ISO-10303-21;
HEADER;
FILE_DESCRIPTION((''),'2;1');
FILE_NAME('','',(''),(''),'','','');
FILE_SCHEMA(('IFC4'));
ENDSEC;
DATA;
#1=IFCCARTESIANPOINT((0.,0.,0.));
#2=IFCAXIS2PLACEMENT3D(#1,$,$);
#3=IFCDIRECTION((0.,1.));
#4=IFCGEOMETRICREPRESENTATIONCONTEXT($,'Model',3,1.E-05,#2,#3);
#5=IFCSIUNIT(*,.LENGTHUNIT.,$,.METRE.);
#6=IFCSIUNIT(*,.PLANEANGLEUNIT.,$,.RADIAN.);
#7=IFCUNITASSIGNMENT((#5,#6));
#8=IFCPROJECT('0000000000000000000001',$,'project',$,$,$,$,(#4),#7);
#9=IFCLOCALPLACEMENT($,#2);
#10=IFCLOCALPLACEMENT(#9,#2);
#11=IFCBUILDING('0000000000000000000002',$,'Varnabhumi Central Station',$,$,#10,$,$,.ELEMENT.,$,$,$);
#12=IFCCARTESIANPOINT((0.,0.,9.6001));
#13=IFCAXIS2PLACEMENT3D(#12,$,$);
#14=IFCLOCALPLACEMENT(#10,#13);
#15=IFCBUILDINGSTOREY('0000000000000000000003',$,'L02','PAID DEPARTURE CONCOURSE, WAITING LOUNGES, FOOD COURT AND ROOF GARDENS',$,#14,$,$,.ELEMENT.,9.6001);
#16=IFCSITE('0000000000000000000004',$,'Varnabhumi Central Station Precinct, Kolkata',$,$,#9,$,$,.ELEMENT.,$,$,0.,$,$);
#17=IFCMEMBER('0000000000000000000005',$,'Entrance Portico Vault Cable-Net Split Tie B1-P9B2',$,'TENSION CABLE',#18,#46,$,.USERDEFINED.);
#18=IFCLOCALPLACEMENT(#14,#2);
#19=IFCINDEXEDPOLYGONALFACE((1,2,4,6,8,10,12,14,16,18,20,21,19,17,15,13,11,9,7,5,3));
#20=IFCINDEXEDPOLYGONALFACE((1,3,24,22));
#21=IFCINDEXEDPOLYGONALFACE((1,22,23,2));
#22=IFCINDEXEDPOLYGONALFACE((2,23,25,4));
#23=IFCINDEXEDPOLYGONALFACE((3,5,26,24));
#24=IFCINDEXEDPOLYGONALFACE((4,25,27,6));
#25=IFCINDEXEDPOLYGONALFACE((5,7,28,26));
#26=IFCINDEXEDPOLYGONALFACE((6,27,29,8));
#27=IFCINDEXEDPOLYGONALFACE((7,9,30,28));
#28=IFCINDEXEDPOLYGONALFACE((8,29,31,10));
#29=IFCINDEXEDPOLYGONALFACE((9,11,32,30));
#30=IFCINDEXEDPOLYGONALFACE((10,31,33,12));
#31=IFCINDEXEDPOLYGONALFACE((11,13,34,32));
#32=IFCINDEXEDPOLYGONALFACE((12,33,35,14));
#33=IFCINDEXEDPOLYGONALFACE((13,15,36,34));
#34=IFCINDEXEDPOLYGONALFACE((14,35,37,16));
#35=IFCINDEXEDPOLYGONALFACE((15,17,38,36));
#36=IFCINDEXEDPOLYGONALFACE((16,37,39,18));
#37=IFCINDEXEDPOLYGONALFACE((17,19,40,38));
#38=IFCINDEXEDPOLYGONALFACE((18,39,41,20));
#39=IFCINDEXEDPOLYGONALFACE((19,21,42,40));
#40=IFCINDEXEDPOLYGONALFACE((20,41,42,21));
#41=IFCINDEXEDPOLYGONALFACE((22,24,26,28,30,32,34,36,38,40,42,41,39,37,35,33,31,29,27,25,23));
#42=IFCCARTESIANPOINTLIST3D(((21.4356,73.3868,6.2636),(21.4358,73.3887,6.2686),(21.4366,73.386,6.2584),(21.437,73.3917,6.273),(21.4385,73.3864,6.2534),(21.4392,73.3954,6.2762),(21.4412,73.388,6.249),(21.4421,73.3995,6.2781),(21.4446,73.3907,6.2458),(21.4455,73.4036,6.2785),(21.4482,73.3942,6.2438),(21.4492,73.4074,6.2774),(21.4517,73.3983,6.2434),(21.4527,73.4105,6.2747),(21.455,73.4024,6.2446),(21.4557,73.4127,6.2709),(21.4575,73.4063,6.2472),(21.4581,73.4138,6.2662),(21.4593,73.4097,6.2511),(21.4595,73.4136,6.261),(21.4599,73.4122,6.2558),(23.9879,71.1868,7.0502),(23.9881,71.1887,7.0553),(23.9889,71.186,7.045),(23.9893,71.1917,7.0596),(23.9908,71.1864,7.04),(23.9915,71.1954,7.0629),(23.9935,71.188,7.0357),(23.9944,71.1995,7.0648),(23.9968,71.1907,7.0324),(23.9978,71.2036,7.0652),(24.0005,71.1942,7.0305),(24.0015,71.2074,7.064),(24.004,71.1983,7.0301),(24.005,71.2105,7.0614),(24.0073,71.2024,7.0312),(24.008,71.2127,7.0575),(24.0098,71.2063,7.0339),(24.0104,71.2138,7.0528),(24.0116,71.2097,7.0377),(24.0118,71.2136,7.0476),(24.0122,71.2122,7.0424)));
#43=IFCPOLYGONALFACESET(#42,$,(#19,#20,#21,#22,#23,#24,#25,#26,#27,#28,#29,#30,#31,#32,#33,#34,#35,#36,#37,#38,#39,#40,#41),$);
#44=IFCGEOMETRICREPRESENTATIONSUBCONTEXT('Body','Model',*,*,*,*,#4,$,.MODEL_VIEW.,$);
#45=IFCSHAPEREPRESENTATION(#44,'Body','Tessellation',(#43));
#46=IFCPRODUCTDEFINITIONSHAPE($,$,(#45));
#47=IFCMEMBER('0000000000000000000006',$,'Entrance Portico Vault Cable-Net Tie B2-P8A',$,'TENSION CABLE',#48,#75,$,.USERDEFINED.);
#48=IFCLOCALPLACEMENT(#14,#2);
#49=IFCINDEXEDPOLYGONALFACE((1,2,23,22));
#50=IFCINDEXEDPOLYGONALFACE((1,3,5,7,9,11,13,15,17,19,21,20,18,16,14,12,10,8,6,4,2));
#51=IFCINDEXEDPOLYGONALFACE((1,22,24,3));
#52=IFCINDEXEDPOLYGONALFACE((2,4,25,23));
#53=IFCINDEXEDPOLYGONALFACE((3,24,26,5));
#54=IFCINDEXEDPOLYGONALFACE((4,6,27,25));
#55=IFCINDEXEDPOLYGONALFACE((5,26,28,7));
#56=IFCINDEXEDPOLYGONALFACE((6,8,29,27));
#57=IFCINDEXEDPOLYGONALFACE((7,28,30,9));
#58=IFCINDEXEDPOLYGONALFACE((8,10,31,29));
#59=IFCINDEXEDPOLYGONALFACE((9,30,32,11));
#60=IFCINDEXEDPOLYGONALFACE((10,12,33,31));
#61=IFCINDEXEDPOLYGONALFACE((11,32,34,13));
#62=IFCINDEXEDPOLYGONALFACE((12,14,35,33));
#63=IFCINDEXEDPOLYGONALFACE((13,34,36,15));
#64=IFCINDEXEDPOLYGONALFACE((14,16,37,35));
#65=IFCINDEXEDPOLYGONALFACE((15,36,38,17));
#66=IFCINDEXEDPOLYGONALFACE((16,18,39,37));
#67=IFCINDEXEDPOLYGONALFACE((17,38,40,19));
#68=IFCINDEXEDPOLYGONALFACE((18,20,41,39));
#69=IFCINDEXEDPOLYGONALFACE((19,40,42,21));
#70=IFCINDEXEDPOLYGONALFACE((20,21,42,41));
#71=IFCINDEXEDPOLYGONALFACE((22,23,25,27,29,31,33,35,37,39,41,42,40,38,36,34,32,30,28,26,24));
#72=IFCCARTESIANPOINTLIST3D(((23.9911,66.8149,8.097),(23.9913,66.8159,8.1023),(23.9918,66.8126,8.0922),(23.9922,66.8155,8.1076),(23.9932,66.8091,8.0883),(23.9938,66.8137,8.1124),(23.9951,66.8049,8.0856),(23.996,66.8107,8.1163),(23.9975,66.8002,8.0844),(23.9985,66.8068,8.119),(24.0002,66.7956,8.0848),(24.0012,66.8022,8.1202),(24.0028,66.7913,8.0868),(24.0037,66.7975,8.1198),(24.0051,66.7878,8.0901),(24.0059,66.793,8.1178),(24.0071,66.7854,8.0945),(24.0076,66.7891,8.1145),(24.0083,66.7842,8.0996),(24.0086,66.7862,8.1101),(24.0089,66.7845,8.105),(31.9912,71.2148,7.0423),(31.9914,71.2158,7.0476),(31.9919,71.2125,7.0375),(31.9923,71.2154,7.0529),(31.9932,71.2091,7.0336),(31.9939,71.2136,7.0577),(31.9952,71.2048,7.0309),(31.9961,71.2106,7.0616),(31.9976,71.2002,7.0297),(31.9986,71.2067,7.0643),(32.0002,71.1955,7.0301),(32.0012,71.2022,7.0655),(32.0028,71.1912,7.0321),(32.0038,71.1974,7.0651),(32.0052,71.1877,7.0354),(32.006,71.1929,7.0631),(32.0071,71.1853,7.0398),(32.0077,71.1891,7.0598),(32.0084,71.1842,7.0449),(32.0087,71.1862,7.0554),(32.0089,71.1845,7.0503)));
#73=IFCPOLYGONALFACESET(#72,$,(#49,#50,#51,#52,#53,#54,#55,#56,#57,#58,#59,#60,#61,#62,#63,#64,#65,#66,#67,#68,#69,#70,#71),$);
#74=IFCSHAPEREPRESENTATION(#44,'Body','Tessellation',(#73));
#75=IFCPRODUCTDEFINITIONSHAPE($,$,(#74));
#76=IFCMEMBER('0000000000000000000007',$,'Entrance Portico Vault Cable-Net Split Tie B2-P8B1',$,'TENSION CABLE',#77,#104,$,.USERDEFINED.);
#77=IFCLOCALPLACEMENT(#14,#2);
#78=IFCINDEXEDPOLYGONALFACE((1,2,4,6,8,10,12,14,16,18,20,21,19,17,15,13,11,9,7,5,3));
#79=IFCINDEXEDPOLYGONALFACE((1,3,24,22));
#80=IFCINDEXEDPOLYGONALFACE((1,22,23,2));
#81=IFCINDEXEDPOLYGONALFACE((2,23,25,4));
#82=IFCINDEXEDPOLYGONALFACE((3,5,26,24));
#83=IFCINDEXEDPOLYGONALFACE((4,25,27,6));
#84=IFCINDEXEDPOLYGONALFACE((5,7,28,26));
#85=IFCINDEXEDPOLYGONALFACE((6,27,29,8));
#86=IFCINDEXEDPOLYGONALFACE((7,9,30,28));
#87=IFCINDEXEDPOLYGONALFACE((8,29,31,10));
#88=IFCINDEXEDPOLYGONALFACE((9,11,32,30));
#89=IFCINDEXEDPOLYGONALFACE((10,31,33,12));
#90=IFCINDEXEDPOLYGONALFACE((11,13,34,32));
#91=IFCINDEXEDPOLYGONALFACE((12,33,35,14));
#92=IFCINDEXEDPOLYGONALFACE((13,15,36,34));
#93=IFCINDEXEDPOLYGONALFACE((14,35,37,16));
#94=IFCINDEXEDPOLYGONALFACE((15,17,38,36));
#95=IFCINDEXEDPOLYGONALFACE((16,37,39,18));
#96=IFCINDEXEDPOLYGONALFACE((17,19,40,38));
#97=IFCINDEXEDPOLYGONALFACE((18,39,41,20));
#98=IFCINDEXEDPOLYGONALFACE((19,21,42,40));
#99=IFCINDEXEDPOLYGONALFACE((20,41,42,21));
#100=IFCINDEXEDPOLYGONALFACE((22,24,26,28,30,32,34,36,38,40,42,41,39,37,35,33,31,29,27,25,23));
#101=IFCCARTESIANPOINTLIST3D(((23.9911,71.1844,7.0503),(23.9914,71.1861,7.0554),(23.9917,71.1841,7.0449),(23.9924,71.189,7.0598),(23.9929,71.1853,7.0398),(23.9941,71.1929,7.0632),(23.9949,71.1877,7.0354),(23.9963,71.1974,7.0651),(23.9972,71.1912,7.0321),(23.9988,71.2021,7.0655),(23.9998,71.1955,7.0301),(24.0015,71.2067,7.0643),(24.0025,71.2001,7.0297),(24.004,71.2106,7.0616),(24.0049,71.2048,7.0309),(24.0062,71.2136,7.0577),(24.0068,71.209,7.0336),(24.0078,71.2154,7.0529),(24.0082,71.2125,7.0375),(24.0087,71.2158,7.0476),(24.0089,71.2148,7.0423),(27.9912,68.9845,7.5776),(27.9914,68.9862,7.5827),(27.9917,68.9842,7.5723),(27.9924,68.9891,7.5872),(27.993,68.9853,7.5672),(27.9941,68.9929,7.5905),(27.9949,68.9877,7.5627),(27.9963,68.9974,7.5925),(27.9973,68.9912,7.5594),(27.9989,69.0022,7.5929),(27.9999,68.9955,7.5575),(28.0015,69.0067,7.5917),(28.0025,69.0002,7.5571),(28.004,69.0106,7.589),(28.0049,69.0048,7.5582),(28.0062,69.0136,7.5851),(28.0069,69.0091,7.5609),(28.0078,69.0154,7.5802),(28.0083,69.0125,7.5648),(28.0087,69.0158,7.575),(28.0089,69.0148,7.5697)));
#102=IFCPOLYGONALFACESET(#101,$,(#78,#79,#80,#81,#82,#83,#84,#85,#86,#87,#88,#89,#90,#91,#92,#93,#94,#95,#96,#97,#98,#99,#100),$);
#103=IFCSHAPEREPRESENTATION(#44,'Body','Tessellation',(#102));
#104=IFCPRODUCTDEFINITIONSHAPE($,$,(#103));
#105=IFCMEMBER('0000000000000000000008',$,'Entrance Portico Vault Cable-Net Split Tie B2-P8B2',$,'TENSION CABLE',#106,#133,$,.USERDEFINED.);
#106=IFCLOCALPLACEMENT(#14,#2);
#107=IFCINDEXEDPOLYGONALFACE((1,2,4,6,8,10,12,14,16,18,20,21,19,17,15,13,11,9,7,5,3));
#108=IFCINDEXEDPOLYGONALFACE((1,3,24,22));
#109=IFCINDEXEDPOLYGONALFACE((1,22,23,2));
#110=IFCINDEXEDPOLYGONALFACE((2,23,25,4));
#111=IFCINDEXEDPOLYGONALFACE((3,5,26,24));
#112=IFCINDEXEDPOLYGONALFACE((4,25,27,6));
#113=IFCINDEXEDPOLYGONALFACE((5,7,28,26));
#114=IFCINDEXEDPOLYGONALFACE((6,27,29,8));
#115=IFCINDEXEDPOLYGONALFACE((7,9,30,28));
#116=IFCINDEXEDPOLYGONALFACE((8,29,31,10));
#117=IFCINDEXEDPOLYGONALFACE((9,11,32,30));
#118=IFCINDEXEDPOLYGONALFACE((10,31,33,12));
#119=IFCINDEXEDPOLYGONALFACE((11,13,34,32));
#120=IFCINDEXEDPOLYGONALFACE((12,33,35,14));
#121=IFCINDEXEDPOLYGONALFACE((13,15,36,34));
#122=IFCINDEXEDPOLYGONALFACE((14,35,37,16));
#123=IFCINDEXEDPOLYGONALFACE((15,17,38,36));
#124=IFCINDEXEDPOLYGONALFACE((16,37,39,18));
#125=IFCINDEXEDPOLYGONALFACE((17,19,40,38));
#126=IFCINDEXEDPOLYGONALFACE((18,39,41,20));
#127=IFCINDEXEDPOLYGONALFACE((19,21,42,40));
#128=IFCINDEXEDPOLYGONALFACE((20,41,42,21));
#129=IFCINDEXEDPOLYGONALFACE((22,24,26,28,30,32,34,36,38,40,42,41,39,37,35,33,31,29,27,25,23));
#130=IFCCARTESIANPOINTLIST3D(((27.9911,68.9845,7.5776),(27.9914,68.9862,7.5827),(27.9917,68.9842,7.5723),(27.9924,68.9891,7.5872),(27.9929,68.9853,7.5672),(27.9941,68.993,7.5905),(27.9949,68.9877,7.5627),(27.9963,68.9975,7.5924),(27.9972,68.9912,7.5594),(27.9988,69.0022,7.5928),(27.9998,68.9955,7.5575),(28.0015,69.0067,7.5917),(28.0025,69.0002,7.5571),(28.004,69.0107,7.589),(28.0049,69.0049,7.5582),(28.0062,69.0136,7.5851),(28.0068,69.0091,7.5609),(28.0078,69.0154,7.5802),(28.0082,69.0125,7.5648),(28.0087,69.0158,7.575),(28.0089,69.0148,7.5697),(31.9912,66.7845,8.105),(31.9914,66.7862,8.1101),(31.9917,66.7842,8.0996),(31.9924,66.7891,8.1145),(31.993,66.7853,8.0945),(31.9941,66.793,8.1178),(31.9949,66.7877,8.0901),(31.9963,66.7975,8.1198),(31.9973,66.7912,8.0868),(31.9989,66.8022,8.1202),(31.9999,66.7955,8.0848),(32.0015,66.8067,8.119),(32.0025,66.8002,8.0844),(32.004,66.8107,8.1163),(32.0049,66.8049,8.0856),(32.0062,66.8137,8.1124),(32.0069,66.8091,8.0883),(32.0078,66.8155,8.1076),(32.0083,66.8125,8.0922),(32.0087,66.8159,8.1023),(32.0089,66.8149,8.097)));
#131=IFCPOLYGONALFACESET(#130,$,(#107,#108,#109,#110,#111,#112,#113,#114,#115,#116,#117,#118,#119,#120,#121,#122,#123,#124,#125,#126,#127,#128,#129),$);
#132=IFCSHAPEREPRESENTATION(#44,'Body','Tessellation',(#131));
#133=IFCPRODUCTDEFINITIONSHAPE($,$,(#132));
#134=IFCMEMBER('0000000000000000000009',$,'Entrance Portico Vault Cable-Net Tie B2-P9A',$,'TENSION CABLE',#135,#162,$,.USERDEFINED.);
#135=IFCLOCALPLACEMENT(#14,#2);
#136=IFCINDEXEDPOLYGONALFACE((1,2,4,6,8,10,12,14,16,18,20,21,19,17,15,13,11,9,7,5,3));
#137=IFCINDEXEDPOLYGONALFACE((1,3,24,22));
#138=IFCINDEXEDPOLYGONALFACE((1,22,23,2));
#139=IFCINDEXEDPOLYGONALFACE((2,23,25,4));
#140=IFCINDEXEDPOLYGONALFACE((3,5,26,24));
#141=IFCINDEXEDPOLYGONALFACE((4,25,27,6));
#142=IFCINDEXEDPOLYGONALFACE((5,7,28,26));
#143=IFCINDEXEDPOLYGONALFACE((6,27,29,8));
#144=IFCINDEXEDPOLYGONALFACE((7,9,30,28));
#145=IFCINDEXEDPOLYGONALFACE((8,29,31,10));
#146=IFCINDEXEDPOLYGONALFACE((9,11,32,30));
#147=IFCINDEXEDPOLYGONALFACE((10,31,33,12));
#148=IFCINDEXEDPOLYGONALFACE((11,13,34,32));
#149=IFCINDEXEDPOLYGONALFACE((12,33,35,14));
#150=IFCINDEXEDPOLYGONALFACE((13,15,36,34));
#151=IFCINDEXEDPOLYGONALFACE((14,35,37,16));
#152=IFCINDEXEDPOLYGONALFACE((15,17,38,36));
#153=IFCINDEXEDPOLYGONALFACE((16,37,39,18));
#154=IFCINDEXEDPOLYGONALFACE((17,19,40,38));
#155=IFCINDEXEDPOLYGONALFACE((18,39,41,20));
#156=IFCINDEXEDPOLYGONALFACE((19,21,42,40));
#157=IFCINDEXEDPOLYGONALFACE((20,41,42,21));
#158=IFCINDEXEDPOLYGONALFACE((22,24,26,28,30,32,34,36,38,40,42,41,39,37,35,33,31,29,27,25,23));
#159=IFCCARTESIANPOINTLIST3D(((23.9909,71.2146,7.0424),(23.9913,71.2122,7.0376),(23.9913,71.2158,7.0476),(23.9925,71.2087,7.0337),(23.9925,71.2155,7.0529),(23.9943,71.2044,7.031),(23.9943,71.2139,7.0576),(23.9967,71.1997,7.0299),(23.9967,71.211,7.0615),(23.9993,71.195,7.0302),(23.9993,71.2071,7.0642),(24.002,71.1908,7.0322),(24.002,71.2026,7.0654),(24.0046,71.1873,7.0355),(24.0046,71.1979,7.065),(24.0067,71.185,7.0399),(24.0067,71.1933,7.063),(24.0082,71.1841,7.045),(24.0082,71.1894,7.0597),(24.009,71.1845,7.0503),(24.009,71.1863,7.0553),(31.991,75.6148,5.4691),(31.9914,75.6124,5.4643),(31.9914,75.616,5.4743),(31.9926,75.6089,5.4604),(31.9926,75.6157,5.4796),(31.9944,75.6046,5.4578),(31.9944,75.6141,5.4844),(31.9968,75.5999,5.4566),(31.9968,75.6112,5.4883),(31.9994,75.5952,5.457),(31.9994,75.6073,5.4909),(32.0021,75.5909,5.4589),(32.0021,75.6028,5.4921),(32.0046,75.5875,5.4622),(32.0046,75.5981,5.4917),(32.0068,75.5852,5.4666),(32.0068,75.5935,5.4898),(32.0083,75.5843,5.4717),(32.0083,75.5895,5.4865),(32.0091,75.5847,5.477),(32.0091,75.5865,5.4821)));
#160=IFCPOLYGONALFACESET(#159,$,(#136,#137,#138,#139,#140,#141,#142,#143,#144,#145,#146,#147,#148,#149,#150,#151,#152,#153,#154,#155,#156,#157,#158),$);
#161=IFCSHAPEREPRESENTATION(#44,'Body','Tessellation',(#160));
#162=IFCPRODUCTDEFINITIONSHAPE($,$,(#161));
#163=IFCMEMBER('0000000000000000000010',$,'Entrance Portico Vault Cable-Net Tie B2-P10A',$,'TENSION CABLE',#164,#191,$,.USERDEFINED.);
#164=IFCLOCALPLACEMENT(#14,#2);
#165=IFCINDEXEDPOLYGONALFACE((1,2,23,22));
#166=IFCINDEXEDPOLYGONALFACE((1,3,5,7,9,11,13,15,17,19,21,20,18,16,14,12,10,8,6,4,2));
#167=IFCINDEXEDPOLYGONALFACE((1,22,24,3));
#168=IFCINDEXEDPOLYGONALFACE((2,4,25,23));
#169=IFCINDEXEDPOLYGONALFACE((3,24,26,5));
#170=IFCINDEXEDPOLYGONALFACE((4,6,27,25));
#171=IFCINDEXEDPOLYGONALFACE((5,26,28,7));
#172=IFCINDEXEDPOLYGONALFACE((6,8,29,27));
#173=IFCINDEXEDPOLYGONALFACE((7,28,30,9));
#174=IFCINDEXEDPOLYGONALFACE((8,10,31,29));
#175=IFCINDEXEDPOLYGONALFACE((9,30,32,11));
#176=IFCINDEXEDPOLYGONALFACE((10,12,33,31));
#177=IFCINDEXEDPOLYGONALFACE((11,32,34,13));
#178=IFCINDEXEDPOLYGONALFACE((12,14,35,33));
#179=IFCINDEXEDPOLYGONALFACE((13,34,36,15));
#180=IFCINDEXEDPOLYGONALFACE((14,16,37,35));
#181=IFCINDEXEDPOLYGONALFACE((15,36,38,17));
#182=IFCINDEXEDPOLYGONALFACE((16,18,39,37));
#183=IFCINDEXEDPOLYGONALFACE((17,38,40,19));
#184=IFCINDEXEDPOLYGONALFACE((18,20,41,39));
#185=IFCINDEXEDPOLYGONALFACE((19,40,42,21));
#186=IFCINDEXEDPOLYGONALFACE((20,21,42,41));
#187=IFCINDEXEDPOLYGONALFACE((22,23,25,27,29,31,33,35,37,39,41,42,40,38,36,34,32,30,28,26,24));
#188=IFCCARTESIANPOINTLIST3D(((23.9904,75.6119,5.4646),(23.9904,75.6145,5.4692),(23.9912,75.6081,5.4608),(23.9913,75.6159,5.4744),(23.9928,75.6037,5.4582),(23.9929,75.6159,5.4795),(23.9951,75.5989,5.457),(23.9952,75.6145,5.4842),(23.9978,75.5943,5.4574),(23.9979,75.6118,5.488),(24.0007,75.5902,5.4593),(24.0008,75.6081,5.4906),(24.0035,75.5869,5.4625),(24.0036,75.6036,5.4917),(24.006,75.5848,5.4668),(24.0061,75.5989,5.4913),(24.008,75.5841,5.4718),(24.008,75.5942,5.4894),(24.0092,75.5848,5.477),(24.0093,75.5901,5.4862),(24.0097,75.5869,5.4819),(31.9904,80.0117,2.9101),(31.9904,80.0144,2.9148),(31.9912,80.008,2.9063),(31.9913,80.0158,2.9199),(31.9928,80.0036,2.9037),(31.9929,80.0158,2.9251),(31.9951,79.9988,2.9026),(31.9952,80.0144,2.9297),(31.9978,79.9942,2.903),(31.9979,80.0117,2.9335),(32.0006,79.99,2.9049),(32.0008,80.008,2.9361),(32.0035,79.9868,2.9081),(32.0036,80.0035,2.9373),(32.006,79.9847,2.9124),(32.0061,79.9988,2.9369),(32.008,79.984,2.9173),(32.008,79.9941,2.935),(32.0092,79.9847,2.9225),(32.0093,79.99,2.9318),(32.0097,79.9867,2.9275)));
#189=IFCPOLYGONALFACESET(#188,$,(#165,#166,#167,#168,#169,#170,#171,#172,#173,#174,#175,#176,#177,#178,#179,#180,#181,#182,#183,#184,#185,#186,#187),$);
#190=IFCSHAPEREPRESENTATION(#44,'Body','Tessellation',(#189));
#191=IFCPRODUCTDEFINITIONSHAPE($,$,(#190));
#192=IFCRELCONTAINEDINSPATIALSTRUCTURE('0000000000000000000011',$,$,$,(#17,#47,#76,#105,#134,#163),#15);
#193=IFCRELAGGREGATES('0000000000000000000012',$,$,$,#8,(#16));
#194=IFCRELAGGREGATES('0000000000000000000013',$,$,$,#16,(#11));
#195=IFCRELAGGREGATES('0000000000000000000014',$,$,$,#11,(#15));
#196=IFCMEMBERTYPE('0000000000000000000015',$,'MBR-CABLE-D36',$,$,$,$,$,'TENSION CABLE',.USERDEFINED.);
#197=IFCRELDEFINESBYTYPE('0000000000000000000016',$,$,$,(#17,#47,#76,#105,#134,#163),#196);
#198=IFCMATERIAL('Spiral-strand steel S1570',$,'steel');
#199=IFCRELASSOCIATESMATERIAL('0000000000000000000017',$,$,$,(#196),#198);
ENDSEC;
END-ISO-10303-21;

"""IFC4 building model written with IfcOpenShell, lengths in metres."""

from ifc_helpers import new_model, si_unit, direction, frame, origin, origin_2d, place, context, subcontext, project, spatial, circle, extrude, material, material_profile, profile_set, type_object, element, save


model = new_model("IFC4")

# Units and contexts
model_context = context("Model", 3, precision=1e-05, world=origin(), true_north=direction((0.0, 1.0)))
body_context = subcontext(model_context, "Body", "Model", "MODEL_VIEW")
ifc_project = project(units=[si_unit("LENGTHUNIT", "METRE"), si_unit("PLANEANGLEUNIT", "RADIAN")], contexts=[model_context])

# Site, building, storey
site_placement = place(None, origin())
site = spatial("IfcSite", under=ifc_project, at=site_placement, Name="Varnabhumi Central Station Precinct, Kolkata", CompositionType="ELEMENT", RefElevation=0.0)
building_placement = place(site_placement, origin())
building = spatial("IfcBuilding", under=site, at=building_placement, Name="Varnabhumi Central Station", CompositionType="ELEMENT")
storey_placement = place(building_placement, frame((0.0, 0.0, 9.6001)))
storey = spatial("IfcBuildingStorey", under=building, at=storey_placement, Name="L02", Description="PAID DEPARTURE CONCOURSE, WAITING LOUNGES, FOOD COURT AND ROOF GARDENS", CompositionType="ELEMENT", Elevation=9.6001)

# Members
ifc_material_1 = material(Name="Spiral-strand steel S1570", Category="steel")
ifc_material_profile_1 = material_profile(ifc_material_1, circle(Radius=0.0181, at=origin_2d()), Name="Spiral-strand steel S1570", Category="steel")
ifc_profile_set_1 = profile_set([ifc_material_profile_1], Name="Spiral-strand steel S1570")
member_type_1 = type_object("IfcMemberType", Name="MBR-CABLE-D36", ElementType="TENSION CABLE", PredefinedType="USERDEFINED", material=ifc_profile_set_1)
member_1_placement = place(storey_placement, frame((21.4478, 73.3999, 6.261), z_axis=(0.737615, -0.6358, 0.227338), x_axis=(0.652895, 0.757448, 0.0)))
element("IfcMember", 1, at=member_1_placement, inside=storey, type_object=member_type_1, Name="Entrance Portico Vault Cable-Net Split Tie B1-P9B2", ObjectType="TENSION CABLE", PredefinedType="USERDEFINED", context=body_context, shape_type="SweptSolid", body=[
    extrude(circle(Radius=0.0181, at=origin_2d()), origin(), (0.0, 0.0, 1.0), 3.4602),
])
member_2_placement = place(storey_placement, frame((24.0, 66.8, 8.1023), z_axis=(0.870432, 0.478727, -0.114754), x_axis=(-0.481911, 0.87622, 0.0)))
element("IfcMember", 2, at=member_2_placement, inside=storey, type_object=member_type_1, Name="Entrance Portico Vault Cable-Net Tie B2-P8A", ObjectType="TENSION CABLE", PredefinedType="USERDEFINED", context=body_context, shape_type="SweptSolid", body=[
    extrude(circle(Radius=0.0181, at=origin_2d()), origin(), (0.0, 0.0, 1.0), 9.1909),
])
for number, where, z_axis, x_axis, name in (
    (3, (24.0, 71.2, 7.0476), (0.870432, -0.478727, 0.114754), (0.481911, 0.87622, 0.0), "Entrance Portico Vault Cable-Net Split Tie B2-P8B1"),
    (4, (28.0, 69.0, 7.575), (0.870432, -0.478727, 0.114754), (0.481911, 0.87622, 0.0), "Entrance Portico Vault Cable-Net Split Tie B2-P8B2"),
):
    element("IfcMember", number, at=place(storey_placement, frame(where, z_axis=z_axis, x_axis=x_axis)), inside=storey, type_object=member_type_1, Name=name, ObjectType="TENSION CABLE", PredefinedType="USERDEFINED", context=body_context, shape_type="SweptSolid", body=[
        extrude(circle(Radius=0.0181, at=origin_2d()), origin(), (0.0, 0.0, 1.0), 4.5955),
    ])
member_3_placement = place(storey_placement, frame((24.0, 71.2, 7.0476), z_axis=(0.863484, 0.474932, -0.169809), x_axis=(-0.481931, 0.876209, 0.0)))
element("IfcMember", 5, at=member_3_placement, inside=storey, type_object=member_type_1, Name="Entrance Portico Vault Cable-Net Tie B2-P9A", ObjectType="TENSION CABLE", PredefinedType="USERDEFINED", context=body_context, shape_type="SweptSolid", body=[
    extrude(circle(Radius=0.0181, at=origin_2d()), origin(), (0.0, 0.0, 1.0), 9.2649),
])
member_4_placement = place(storey_placement, frame((24.0, 75.6001, 5.4744), z_axis=(0.843817, 0.464089, -0.269435), x_axis=(-0.481911, 0.87622, 0.0)))
element("IfcMember", 6, at=member_4_placement, inside=storey, type_object=member_type_1, Name="Entrance Portico Vault Cable-Net Tie B2-P10A", ObjectType="TENSION CABLE", PredefinedType="USERDEFINED", context=body_context, shape_type="SweptSolid", body=[
    extrude(circle(Radius=0.0181, at=origin_2d()), origin(), (0.0, 0.0, 1.0), 9.4807),
])

save(model, "model.ifc")
